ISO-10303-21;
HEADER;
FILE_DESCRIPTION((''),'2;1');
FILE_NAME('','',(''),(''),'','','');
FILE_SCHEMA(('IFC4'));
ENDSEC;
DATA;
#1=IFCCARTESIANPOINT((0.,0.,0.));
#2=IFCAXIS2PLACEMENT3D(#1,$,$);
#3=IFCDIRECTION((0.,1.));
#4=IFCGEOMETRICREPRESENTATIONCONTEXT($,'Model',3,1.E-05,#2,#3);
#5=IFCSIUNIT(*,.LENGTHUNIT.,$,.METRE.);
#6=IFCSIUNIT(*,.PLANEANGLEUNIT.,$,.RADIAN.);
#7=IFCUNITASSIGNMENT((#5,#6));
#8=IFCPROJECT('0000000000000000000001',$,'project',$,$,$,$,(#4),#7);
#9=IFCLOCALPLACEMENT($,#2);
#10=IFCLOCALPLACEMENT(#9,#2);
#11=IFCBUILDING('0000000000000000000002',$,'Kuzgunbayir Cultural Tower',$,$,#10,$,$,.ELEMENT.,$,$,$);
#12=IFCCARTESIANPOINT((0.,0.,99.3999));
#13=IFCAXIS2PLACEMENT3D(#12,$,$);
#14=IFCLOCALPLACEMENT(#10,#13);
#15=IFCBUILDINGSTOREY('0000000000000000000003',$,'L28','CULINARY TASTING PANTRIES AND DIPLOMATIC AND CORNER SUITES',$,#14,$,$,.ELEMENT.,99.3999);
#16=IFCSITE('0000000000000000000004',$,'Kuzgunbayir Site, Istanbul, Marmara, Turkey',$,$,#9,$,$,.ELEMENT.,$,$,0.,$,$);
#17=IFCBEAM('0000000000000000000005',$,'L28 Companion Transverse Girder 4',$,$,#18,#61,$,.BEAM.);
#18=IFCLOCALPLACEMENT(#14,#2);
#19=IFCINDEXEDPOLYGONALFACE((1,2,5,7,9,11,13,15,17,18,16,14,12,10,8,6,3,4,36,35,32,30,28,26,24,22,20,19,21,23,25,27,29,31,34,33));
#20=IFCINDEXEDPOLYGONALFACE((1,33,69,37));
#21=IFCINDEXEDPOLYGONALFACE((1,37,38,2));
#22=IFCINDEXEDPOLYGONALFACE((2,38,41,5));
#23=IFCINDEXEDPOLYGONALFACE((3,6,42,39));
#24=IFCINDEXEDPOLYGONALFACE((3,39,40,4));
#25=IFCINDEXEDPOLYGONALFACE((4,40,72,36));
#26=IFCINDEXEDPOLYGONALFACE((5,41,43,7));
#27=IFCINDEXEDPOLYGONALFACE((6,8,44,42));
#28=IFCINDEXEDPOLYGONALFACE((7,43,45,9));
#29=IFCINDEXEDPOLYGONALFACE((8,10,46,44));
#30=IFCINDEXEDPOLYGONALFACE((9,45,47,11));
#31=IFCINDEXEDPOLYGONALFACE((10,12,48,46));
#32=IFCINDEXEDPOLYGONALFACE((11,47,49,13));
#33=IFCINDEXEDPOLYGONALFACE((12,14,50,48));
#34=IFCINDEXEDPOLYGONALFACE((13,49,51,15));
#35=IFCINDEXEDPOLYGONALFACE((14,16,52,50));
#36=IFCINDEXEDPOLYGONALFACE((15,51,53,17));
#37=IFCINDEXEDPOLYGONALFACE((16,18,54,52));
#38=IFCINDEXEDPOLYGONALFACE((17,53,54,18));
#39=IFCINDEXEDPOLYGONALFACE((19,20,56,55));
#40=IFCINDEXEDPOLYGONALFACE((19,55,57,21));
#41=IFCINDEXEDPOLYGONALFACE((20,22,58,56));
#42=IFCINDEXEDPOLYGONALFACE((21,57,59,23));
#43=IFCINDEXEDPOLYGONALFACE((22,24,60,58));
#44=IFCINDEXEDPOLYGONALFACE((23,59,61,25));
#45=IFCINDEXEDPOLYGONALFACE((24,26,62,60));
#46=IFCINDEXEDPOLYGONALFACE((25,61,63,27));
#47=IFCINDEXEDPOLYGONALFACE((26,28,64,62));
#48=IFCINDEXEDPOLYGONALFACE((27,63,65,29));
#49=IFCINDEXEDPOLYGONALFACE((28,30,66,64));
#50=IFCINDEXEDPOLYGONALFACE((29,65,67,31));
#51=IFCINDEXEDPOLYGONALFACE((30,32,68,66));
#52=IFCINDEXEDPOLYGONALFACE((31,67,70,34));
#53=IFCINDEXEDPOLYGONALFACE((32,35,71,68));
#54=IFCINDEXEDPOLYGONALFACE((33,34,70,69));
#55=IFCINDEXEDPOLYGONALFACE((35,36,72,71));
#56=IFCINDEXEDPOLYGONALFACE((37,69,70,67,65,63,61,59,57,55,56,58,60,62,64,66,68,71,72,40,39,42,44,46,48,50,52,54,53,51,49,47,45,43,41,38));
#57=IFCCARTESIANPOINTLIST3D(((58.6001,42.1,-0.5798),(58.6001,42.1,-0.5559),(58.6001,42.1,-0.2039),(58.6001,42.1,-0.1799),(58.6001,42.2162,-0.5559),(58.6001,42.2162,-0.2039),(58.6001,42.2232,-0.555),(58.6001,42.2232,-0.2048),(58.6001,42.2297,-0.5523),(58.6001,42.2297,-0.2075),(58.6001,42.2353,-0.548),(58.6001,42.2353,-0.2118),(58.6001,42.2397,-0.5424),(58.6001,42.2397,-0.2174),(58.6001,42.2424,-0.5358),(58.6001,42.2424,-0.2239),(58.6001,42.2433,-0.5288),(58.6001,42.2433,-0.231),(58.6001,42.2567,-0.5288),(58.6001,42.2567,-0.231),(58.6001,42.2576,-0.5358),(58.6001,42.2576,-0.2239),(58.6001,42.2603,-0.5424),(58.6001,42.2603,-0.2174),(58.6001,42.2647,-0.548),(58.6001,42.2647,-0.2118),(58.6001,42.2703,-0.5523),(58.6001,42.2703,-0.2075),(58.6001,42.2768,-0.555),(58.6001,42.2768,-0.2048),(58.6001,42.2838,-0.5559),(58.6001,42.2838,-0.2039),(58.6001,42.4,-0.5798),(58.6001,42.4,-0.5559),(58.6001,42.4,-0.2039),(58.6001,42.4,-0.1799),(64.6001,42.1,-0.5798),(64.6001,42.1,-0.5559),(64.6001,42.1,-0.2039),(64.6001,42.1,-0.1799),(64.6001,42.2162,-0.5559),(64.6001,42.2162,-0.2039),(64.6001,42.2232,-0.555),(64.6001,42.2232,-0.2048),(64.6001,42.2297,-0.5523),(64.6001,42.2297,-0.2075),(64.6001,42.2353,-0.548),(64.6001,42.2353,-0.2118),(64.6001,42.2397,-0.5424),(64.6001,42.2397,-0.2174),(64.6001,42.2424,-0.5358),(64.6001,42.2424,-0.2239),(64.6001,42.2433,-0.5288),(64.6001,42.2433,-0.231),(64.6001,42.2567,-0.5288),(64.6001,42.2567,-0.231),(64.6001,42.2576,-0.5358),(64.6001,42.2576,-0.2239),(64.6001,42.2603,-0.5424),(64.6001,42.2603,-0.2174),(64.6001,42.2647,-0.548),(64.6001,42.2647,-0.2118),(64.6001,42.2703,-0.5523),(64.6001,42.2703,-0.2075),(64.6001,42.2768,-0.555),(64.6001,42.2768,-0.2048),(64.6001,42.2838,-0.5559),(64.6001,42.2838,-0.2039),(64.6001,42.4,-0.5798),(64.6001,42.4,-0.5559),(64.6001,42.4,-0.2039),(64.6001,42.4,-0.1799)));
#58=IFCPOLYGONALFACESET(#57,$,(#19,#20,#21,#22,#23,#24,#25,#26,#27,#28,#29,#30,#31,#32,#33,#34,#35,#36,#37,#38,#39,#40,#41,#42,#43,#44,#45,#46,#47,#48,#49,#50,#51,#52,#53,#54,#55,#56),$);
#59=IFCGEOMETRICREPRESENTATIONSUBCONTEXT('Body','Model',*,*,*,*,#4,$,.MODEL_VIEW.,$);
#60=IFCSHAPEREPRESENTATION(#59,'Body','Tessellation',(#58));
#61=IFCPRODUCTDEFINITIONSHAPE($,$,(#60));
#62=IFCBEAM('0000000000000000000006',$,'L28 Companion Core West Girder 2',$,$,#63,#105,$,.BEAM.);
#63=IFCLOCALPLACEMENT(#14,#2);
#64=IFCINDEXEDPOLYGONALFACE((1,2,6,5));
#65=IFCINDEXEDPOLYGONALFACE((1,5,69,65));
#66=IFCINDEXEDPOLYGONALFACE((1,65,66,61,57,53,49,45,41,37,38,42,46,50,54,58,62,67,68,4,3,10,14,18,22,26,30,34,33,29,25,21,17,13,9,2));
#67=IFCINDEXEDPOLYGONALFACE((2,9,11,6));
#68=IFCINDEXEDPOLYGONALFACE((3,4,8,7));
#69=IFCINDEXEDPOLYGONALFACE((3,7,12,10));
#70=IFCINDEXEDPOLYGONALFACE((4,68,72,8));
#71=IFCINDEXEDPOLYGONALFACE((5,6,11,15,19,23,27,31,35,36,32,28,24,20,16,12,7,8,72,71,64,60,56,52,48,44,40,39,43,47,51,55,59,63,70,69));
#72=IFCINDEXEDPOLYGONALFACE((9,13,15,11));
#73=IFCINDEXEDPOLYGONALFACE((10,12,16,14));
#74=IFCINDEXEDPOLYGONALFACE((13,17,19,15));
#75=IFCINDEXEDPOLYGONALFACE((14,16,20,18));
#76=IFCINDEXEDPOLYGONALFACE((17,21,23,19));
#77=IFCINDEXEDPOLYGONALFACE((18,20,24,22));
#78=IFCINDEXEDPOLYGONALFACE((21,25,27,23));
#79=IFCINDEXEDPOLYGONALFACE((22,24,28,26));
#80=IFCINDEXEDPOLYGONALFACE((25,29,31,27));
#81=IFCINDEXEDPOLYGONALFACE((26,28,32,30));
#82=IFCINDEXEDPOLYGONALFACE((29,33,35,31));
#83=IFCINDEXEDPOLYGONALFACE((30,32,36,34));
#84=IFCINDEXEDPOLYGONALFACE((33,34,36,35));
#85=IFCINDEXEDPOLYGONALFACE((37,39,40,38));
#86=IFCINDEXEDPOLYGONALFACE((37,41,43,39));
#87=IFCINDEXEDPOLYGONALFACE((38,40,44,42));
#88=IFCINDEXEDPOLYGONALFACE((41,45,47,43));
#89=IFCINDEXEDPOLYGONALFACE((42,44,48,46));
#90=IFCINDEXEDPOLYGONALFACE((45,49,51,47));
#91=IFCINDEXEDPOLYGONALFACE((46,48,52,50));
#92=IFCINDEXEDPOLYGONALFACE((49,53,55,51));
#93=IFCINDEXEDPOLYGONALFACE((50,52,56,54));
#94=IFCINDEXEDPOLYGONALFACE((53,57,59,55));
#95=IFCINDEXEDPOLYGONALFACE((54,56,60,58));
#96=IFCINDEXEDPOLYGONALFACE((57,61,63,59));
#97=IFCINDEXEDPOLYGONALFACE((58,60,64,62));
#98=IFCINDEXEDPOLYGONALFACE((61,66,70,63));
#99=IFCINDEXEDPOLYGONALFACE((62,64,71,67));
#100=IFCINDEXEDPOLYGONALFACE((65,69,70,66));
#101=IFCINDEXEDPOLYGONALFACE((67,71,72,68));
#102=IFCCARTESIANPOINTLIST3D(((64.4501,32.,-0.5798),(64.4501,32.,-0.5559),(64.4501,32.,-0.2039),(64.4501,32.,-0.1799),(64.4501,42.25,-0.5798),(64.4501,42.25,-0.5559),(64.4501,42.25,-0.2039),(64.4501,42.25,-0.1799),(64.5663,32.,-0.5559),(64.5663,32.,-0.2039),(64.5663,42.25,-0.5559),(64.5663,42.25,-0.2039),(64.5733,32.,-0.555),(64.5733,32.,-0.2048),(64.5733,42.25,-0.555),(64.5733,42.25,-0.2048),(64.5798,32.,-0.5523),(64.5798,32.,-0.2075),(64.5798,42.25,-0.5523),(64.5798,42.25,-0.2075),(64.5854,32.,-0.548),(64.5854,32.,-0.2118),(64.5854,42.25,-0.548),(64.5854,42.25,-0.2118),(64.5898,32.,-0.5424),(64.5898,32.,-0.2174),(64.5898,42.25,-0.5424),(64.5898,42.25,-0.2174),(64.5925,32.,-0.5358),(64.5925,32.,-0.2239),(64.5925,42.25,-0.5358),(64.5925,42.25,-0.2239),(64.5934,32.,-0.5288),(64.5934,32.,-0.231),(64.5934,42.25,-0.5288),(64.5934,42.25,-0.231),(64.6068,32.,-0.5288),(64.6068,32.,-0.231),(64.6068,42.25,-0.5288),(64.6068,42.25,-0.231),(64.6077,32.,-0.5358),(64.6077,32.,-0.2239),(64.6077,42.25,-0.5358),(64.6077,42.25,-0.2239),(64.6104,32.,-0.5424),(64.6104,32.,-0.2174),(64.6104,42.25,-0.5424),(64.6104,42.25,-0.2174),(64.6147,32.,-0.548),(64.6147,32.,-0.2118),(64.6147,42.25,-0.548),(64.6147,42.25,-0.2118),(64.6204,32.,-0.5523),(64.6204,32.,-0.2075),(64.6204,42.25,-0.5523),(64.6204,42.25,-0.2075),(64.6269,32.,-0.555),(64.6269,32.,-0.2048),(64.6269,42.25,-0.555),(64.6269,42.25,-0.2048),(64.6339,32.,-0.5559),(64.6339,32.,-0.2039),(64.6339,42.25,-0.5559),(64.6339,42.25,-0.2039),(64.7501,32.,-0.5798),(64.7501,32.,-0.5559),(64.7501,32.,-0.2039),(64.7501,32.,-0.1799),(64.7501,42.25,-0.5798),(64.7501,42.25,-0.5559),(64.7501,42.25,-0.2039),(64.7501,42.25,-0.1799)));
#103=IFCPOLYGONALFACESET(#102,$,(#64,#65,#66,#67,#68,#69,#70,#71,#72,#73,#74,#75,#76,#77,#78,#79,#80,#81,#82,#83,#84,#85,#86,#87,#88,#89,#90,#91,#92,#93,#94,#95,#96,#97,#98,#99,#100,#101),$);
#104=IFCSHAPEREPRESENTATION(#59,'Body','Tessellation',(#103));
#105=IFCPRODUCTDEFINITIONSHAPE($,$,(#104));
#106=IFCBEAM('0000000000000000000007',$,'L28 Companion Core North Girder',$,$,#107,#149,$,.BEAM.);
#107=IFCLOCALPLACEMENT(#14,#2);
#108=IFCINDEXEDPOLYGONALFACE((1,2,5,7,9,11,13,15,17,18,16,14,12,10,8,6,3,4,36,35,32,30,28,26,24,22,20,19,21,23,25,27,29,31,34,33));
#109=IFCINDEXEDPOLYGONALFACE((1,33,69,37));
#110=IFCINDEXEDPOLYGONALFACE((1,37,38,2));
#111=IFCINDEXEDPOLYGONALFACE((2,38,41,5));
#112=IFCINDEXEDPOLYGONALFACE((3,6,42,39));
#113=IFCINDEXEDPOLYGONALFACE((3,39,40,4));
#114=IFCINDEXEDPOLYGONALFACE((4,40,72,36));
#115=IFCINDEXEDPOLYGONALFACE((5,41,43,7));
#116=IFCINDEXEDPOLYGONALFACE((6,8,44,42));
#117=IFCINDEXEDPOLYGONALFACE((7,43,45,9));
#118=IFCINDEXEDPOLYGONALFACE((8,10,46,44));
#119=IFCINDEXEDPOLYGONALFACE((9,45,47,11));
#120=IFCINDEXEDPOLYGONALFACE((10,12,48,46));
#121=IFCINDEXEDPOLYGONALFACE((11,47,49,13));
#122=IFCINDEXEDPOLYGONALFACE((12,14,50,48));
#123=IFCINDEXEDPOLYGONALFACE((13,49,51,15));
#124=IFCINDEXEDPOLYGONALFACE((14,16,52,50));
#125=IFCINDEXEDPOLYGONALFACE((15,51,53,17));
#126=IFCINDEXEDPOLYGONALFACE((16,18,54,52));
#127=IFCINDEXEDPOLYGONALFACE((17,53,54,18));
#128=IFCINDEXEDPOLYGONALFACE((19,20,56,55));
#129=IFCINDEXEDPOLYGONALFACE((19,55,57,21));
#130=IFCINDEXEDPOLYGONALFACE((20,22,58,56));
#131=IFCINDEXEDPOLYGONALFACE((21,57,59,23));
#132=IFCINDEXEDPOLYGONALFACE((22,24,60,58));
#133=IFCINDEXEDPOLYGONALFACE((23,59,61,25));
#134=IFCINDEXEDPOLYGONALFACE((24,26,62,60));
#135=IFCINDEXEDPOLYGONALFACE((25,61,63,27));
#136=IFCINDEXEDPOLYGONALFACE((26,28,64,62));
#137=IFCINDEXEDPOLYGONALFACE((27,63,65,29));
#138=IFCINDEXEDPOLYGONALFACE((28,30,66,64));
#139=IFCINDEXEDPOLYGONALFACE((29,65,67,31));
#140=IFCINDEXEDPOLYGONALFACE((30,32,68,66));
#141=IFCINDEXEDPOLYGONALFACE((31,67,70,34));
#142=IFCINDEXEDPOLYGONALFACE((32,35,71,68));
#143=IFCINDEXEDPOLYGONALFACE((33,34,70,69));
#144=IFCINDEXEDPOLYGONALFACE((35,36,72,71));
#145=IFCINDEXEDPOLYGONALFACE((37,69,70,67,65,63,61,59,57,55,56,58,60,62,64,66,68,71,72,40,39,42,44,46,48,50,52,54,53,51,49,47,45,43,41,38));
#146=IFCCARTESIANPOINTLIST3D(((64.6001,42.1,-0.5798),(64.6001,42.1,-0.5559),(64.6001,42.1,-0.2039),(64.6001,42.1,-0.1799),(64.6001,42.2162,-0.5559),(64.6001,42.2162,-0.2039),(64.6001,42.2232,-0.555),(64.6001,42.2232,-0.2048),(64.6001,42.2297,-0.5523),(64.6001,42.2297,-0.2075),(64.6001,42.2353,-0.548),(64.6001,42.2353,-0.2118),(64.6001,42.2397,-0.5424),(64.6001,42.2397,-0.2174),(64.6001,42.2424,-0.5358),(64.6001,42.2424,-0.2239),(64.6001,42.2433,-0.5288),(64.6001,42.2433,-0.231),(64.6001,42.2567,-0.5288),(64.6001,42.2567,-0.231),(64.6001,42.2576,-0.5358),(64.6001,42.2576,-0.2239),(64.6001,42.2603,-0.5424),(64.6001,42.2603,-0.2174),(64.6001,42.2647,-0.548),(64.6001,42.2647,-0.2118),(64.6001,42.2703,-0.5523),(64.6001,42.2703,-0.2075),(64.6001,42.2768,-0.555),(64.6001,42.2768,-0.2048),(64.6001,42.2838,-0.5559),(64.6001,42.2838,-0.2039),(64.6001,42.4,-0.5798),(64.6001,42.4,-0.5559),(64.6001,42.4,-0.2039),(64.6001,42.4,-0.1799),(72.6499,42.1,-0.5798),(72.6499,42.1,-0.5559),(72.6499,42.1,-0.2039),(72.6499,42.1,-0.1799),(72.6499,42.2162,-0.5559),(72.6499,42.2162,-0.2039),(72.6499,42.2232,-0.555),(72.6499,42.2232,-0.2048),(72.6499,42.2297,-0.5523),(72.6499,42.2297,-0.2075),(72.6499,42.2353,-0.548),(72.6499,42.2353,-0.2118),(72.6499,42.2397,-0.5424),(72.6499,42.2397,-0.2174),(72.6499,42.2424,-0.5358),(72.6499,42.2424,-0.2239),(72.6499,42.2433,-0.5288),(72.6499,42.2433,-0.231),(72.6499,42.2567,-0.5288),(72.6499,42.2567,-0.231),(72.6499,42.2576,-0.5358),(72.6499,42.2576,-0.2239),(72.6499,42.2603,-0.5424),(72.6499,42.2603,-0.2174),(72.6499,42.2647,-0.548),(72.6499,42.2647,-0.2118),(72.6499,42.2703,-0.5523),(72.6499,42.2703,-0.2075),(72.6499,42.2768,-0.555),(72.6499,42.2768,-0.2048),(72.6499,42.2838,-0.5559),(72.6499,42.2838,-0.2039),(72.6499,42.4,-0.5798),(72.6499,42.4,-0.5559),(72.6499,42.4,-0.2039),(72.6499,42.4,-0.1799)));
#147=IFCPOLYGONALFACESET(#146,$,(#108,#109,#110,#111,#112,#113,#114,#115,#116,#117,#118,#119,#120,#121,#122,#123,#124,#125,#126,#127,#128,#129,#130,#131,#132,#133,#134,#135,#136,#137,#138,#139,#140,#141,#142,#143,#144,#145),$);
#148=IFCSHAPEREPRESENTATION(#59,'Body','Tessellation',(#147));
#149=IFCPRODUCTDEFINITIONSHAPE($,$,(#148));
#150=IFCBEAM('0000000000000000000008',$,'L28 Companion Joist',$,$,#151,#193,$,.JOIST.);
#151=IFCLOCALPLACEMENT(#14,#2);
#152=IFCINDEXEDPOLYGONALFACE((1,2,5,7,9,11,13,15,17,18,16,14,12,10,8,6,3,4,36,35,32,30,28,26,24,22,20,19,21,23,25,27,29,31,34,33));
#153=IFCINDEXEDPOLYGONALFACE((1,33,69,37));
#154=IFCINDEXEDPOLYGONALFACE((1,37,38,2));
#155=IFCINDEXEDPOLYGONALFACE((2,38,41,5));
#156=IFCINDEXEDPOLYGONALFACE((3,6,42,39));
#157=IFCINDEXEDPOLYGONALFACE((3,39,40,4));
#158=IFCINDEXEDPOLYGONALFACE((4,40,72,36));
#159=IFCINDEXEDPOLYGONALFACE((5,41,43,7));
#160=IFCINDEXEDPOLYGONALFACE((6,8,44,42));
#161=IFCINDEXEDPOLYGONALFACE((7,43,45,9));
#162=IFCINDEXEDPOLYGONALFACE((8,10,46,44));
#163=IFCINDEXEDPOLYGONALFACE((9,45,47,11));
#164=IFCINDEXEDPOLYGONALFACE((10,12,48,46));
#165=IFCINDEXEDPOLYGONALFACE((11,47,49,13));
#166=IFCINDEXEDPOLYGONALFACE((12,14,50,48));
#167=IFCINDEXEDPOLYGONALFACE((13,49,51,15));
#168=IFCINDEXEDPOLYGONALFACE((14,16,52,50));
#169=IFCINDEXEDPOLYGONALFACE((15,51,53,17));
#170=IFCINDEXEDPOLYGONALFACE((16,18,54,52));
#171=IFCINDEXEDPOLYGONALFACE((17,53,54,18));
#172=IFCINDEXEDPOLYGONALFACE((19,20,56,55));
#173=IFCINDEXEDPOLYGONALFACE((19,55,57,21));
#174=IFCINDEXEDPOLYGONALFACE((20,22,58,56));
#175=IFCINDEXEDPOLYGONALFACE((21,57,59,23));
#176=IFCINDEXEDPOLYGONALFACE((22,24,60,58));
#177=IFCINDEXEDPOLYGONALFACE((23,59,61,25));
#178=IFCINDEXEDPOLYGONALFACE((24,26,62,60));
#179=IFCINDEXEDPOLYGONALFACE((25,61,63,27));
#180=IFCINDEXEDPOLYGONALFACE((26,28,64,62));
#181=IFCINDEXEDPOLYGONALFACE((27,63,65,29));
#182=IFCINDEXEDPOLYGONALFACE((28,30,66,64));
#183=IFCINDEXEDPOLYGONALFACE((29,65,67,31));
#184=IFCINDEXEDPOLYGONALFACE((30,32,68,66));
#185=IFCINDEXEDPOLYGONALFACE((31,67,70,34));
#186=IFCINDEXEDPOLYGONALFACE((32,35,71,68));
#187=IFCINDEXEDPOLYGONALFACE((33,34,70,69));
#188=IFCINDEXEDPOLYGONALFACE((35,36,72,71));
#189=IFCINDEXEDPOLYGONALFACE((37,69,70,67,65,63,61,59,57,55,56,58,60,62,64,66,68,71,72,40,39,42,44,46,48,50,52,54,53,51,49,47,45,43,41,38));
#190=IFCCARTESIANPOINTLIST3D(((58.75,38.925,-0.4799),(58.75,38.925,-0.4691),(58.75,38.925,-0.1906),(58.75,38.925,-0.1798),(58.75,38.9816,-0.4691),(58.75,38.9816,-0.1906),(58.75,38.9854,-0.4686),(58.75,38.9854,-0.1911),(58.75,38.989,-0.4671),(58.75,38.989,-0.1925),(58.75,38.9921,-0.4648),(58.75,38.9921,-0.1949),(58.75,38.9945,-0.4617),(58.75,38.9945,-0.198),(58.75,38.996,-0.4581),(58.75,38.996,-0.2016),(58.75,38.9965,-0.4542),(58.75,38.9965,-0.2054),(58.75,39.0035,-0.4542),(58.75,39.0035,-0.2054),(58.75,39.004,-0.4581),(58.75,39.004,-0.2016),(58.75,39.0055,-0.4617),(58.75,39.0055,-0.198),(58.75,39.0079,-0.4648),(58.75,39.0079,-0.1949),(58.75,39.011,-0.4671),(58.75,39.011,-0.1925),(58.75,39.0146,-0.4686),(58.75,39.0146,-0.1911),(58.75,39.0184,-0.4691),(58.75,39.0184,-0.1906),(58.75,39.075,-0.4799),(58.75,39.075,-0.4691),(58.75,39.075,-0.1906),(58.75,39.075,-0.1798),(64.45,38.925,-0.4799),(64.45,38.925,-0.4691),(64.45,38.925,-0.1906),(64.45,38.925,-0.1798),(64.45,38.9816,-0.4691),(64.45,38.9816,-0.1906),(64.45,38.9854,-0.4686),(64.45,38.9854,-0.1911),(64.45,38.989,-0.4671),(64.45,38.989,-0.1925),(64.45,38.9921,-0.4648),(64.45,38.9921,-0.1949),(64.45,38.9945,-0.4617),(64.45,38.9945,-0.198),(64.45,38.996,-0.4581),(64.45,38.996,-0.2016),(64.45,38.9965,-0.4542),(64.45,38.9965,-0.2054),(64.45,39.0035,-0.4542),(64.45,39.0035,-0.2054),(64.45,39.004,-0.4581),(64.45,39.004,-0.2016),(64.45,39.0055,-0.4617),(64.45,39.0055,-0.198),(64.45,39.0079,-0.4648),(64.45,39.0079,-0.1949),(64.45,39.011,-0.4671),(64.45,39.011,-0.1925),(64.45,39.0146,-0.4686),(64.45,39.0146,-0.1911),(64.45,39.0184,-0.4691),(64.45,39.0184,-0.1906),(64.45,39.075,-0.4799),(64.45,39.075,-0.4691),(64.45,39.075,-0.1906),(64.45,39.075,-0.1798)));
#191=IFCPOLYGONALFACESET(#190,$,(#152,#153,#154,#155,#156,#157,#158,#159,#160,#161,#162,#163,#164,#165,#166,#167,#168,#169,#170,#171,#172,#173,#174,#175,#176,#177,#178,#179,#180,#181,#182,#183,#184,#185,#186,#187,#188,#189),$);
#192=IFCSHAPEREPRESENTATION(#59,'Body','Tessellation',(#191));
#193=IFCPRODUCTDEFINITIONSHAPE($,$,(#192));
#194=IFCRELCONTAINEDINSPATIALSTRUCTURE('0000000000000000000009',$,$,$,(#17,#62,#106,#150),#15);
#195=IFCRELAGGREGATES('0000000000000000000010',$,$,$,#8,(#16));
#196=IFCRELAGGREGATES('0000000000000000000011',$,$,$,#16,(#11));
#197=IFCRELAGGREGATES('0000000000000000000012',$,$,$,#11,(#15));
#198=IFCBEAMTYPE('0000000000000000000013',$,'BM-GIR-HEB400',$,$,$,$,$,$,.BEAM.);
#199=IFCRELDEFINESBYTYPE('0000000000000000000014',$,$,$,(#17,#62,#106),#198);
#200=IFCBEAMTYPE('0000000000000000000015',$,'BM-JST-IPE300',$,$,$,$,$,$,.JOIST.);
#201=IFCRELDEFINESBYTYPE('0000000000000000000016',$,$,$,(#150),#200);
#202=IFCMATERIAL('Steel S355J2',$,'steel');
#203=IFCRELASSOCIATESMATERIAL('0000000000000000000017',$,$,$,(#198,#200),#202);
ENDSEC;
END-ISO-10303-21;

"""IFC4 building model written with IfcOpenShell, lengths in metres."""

from ifc_helpers import new_model, si_unit, direction, frame, origin, origin_2d, place, context, subcontext, project, spatial, i_section, extrude, material, material_profile, profile_set, type_object, element, save


model = new_model("IFC4")

# Units and contexts
model_context = context("Model", 3, precision=1e-05, world=origin(), true_north=direction((0.0, 1.0)))
body_context = subcontext(model_context, "Body", "Model", "MODEL_VIEW")
ifc_project = project(units=[si_unit("LENGTHUNIT", "METRE"), si_unit("PLANEANGLEUNIT", "RADIAN")], contexts=[model_context])

# Site, building, storey
site_placement = place(None, origin())
site = spatial("IfcSite", under=ifc_project, at=site_placement, Name="Kuzgunbayir Site, Istanbul, Marmara, Turkey", CompositionType="ELEMENT", RefElevation=0.0)
building_placement = place(site_placement, origin())
building = spatial("IfcBuilding", under=site, at=building_placement, Name="Kuzgunbayir Cultural Tower", CompositionType="ELEMENT")
storey_placement = place(building_placement, frame((0.0, 0.0, 99.3999)))
storey = spatial("IfcBuildingStorey", under=building, at=storey_placement, Name="L28", Description="CULINARY TASTING PANTRIES AND DIPLOMATIC AND CORNER SUITES", CompositionType="ELEMENT", Elevation=99.3999)

# Beams
ifc_material_1 = material(Name="Steel S355J2", Category="steel")
ifc_material_profile_1 = material_profile(ifc_material_1, i_section(OverallWidth=0.3, OverallDepth=0.3999, WebThickness=0.0134, FlangeThickness=0.0239, FilletRadius=0.0271, at=origin_2d()), Name="HEB 400")
ifc_profile_set_1 = profile_set([ifc_material_profile_1], Name="Steel S355J2")
beam_type_1 = type_object("IfcBeamType", Name="BM-GIR-HEB400", PredefinedType="BEAM", material=ifc_profile_set_1)
beam_1_placement = place(storey_placement, frame((58.6001, 42.25, -0.3799), z_axis=(1.0, 0.0, 0.0), x_axis=(0.0, 1.0, 0.0)))
element("IfcBeam", 1, at=beam_1_placement, inside=storey, type_object=beam_type_1, Name="L28 Companion Transverse Girder 4", PredefinedType="BEAM", context=body_context, shape_type="SweptSolid", body=[
    extrude(i_section(OverallWidth=0.3, OverallDepth=0.3999, WebThickness=0.0134, FlangeThickness=0.0239, FilletRadius=0.0271, at=origin_2d()), origin(), (0.0, 0.0, 1.0), 6.0),
])
beam_2_placement = place(storey_placement, frame((64.6001, 32.0, -0.3799), z_axis=(0.0, 1.0, 0.0), x_axis=(-1.0, 0.0, 0.0)))
element("IfcBeam", 2, at=beam_2_placement, inside=storey, type_object=beam_type_1, Name="L28 Companion Core West Girder 2", PredefinedType="BEAM", context=body_context, shape_type="SweptSolid", body=[
    extrude(i_section(OverallWidth=0.3, OverallDepth=0.3999, WebThickness=0.0134, FlangeThickness=0.0239, FilletRadius=0.0271, at=origin_2d()), origin(), (0.0, 0.0, 1.0), 10.25),
])
beam_3_placement = place(storey_placement, frame((64.6001, 42.25, -0.3799), z_axis=(1.0, 0.0, 0.0), x_axis=(0.0, 1.0, 0.0)))
element("IfcBeam", 3, at=beam_3_placement, inside=storey, type_object=beam_type_1, Name="L28 Companion Core North Girder", PredefinedType="BEAM", context=body_context, shape_type="SweptSolid", body=[
    extrude(i_section(OverallWidth=0.3, OverallDepth=0.3999, WebThickness=0.0134, FlangeThickness=0.0239, FilletRadius=0.0271, at=origin_2d()), origin(), (0.0, 0.0, 1.0), 8.0498),
])
ifc_material_profile_2 = material_profile(ifc_material_1, i_section(OverallWidth=0.1499, OverallDepth=0.3, WebThickness=0.0071, FlangeThickness=0.0107, FilletRadius=0.0149, at=origin_2d()), Name="IPE 300")
ifc_profile_set_2 = profile_set([ifc_material_profile_2], Name="Steel S355J2")
beam_type_2 = type_object("IfcBeamType", Name="BM-JST-IPE300", PredefinedType="JOIST", material=ifc_profile_set_2)
beam_4_placement = place(storey_placement, frame((58.75, 39.0, -0.3298), z_axis=(1.0, 0.0, 0.0), x_axis=(0.0, 1.0, 0.0)))
element("IfcBeam", 4, at=beam_4_placement, inside=storey, type_object=beam_type_2, Name="L28 Companion Joist", PredefinedType="JOIST", context=body_context, shape_type="SweptSolid", body=[
    extrude(i_section(OverallWidth=0.1499, OverallDepth=0.3, WebThickness=0.0071, FlangeThickness=0.0107, FilletRadius=0.0149, at=origin_2d()), origin(), (0.0, 0.0, 1.0), 5.7),
])

save(model, "model.ifc")
